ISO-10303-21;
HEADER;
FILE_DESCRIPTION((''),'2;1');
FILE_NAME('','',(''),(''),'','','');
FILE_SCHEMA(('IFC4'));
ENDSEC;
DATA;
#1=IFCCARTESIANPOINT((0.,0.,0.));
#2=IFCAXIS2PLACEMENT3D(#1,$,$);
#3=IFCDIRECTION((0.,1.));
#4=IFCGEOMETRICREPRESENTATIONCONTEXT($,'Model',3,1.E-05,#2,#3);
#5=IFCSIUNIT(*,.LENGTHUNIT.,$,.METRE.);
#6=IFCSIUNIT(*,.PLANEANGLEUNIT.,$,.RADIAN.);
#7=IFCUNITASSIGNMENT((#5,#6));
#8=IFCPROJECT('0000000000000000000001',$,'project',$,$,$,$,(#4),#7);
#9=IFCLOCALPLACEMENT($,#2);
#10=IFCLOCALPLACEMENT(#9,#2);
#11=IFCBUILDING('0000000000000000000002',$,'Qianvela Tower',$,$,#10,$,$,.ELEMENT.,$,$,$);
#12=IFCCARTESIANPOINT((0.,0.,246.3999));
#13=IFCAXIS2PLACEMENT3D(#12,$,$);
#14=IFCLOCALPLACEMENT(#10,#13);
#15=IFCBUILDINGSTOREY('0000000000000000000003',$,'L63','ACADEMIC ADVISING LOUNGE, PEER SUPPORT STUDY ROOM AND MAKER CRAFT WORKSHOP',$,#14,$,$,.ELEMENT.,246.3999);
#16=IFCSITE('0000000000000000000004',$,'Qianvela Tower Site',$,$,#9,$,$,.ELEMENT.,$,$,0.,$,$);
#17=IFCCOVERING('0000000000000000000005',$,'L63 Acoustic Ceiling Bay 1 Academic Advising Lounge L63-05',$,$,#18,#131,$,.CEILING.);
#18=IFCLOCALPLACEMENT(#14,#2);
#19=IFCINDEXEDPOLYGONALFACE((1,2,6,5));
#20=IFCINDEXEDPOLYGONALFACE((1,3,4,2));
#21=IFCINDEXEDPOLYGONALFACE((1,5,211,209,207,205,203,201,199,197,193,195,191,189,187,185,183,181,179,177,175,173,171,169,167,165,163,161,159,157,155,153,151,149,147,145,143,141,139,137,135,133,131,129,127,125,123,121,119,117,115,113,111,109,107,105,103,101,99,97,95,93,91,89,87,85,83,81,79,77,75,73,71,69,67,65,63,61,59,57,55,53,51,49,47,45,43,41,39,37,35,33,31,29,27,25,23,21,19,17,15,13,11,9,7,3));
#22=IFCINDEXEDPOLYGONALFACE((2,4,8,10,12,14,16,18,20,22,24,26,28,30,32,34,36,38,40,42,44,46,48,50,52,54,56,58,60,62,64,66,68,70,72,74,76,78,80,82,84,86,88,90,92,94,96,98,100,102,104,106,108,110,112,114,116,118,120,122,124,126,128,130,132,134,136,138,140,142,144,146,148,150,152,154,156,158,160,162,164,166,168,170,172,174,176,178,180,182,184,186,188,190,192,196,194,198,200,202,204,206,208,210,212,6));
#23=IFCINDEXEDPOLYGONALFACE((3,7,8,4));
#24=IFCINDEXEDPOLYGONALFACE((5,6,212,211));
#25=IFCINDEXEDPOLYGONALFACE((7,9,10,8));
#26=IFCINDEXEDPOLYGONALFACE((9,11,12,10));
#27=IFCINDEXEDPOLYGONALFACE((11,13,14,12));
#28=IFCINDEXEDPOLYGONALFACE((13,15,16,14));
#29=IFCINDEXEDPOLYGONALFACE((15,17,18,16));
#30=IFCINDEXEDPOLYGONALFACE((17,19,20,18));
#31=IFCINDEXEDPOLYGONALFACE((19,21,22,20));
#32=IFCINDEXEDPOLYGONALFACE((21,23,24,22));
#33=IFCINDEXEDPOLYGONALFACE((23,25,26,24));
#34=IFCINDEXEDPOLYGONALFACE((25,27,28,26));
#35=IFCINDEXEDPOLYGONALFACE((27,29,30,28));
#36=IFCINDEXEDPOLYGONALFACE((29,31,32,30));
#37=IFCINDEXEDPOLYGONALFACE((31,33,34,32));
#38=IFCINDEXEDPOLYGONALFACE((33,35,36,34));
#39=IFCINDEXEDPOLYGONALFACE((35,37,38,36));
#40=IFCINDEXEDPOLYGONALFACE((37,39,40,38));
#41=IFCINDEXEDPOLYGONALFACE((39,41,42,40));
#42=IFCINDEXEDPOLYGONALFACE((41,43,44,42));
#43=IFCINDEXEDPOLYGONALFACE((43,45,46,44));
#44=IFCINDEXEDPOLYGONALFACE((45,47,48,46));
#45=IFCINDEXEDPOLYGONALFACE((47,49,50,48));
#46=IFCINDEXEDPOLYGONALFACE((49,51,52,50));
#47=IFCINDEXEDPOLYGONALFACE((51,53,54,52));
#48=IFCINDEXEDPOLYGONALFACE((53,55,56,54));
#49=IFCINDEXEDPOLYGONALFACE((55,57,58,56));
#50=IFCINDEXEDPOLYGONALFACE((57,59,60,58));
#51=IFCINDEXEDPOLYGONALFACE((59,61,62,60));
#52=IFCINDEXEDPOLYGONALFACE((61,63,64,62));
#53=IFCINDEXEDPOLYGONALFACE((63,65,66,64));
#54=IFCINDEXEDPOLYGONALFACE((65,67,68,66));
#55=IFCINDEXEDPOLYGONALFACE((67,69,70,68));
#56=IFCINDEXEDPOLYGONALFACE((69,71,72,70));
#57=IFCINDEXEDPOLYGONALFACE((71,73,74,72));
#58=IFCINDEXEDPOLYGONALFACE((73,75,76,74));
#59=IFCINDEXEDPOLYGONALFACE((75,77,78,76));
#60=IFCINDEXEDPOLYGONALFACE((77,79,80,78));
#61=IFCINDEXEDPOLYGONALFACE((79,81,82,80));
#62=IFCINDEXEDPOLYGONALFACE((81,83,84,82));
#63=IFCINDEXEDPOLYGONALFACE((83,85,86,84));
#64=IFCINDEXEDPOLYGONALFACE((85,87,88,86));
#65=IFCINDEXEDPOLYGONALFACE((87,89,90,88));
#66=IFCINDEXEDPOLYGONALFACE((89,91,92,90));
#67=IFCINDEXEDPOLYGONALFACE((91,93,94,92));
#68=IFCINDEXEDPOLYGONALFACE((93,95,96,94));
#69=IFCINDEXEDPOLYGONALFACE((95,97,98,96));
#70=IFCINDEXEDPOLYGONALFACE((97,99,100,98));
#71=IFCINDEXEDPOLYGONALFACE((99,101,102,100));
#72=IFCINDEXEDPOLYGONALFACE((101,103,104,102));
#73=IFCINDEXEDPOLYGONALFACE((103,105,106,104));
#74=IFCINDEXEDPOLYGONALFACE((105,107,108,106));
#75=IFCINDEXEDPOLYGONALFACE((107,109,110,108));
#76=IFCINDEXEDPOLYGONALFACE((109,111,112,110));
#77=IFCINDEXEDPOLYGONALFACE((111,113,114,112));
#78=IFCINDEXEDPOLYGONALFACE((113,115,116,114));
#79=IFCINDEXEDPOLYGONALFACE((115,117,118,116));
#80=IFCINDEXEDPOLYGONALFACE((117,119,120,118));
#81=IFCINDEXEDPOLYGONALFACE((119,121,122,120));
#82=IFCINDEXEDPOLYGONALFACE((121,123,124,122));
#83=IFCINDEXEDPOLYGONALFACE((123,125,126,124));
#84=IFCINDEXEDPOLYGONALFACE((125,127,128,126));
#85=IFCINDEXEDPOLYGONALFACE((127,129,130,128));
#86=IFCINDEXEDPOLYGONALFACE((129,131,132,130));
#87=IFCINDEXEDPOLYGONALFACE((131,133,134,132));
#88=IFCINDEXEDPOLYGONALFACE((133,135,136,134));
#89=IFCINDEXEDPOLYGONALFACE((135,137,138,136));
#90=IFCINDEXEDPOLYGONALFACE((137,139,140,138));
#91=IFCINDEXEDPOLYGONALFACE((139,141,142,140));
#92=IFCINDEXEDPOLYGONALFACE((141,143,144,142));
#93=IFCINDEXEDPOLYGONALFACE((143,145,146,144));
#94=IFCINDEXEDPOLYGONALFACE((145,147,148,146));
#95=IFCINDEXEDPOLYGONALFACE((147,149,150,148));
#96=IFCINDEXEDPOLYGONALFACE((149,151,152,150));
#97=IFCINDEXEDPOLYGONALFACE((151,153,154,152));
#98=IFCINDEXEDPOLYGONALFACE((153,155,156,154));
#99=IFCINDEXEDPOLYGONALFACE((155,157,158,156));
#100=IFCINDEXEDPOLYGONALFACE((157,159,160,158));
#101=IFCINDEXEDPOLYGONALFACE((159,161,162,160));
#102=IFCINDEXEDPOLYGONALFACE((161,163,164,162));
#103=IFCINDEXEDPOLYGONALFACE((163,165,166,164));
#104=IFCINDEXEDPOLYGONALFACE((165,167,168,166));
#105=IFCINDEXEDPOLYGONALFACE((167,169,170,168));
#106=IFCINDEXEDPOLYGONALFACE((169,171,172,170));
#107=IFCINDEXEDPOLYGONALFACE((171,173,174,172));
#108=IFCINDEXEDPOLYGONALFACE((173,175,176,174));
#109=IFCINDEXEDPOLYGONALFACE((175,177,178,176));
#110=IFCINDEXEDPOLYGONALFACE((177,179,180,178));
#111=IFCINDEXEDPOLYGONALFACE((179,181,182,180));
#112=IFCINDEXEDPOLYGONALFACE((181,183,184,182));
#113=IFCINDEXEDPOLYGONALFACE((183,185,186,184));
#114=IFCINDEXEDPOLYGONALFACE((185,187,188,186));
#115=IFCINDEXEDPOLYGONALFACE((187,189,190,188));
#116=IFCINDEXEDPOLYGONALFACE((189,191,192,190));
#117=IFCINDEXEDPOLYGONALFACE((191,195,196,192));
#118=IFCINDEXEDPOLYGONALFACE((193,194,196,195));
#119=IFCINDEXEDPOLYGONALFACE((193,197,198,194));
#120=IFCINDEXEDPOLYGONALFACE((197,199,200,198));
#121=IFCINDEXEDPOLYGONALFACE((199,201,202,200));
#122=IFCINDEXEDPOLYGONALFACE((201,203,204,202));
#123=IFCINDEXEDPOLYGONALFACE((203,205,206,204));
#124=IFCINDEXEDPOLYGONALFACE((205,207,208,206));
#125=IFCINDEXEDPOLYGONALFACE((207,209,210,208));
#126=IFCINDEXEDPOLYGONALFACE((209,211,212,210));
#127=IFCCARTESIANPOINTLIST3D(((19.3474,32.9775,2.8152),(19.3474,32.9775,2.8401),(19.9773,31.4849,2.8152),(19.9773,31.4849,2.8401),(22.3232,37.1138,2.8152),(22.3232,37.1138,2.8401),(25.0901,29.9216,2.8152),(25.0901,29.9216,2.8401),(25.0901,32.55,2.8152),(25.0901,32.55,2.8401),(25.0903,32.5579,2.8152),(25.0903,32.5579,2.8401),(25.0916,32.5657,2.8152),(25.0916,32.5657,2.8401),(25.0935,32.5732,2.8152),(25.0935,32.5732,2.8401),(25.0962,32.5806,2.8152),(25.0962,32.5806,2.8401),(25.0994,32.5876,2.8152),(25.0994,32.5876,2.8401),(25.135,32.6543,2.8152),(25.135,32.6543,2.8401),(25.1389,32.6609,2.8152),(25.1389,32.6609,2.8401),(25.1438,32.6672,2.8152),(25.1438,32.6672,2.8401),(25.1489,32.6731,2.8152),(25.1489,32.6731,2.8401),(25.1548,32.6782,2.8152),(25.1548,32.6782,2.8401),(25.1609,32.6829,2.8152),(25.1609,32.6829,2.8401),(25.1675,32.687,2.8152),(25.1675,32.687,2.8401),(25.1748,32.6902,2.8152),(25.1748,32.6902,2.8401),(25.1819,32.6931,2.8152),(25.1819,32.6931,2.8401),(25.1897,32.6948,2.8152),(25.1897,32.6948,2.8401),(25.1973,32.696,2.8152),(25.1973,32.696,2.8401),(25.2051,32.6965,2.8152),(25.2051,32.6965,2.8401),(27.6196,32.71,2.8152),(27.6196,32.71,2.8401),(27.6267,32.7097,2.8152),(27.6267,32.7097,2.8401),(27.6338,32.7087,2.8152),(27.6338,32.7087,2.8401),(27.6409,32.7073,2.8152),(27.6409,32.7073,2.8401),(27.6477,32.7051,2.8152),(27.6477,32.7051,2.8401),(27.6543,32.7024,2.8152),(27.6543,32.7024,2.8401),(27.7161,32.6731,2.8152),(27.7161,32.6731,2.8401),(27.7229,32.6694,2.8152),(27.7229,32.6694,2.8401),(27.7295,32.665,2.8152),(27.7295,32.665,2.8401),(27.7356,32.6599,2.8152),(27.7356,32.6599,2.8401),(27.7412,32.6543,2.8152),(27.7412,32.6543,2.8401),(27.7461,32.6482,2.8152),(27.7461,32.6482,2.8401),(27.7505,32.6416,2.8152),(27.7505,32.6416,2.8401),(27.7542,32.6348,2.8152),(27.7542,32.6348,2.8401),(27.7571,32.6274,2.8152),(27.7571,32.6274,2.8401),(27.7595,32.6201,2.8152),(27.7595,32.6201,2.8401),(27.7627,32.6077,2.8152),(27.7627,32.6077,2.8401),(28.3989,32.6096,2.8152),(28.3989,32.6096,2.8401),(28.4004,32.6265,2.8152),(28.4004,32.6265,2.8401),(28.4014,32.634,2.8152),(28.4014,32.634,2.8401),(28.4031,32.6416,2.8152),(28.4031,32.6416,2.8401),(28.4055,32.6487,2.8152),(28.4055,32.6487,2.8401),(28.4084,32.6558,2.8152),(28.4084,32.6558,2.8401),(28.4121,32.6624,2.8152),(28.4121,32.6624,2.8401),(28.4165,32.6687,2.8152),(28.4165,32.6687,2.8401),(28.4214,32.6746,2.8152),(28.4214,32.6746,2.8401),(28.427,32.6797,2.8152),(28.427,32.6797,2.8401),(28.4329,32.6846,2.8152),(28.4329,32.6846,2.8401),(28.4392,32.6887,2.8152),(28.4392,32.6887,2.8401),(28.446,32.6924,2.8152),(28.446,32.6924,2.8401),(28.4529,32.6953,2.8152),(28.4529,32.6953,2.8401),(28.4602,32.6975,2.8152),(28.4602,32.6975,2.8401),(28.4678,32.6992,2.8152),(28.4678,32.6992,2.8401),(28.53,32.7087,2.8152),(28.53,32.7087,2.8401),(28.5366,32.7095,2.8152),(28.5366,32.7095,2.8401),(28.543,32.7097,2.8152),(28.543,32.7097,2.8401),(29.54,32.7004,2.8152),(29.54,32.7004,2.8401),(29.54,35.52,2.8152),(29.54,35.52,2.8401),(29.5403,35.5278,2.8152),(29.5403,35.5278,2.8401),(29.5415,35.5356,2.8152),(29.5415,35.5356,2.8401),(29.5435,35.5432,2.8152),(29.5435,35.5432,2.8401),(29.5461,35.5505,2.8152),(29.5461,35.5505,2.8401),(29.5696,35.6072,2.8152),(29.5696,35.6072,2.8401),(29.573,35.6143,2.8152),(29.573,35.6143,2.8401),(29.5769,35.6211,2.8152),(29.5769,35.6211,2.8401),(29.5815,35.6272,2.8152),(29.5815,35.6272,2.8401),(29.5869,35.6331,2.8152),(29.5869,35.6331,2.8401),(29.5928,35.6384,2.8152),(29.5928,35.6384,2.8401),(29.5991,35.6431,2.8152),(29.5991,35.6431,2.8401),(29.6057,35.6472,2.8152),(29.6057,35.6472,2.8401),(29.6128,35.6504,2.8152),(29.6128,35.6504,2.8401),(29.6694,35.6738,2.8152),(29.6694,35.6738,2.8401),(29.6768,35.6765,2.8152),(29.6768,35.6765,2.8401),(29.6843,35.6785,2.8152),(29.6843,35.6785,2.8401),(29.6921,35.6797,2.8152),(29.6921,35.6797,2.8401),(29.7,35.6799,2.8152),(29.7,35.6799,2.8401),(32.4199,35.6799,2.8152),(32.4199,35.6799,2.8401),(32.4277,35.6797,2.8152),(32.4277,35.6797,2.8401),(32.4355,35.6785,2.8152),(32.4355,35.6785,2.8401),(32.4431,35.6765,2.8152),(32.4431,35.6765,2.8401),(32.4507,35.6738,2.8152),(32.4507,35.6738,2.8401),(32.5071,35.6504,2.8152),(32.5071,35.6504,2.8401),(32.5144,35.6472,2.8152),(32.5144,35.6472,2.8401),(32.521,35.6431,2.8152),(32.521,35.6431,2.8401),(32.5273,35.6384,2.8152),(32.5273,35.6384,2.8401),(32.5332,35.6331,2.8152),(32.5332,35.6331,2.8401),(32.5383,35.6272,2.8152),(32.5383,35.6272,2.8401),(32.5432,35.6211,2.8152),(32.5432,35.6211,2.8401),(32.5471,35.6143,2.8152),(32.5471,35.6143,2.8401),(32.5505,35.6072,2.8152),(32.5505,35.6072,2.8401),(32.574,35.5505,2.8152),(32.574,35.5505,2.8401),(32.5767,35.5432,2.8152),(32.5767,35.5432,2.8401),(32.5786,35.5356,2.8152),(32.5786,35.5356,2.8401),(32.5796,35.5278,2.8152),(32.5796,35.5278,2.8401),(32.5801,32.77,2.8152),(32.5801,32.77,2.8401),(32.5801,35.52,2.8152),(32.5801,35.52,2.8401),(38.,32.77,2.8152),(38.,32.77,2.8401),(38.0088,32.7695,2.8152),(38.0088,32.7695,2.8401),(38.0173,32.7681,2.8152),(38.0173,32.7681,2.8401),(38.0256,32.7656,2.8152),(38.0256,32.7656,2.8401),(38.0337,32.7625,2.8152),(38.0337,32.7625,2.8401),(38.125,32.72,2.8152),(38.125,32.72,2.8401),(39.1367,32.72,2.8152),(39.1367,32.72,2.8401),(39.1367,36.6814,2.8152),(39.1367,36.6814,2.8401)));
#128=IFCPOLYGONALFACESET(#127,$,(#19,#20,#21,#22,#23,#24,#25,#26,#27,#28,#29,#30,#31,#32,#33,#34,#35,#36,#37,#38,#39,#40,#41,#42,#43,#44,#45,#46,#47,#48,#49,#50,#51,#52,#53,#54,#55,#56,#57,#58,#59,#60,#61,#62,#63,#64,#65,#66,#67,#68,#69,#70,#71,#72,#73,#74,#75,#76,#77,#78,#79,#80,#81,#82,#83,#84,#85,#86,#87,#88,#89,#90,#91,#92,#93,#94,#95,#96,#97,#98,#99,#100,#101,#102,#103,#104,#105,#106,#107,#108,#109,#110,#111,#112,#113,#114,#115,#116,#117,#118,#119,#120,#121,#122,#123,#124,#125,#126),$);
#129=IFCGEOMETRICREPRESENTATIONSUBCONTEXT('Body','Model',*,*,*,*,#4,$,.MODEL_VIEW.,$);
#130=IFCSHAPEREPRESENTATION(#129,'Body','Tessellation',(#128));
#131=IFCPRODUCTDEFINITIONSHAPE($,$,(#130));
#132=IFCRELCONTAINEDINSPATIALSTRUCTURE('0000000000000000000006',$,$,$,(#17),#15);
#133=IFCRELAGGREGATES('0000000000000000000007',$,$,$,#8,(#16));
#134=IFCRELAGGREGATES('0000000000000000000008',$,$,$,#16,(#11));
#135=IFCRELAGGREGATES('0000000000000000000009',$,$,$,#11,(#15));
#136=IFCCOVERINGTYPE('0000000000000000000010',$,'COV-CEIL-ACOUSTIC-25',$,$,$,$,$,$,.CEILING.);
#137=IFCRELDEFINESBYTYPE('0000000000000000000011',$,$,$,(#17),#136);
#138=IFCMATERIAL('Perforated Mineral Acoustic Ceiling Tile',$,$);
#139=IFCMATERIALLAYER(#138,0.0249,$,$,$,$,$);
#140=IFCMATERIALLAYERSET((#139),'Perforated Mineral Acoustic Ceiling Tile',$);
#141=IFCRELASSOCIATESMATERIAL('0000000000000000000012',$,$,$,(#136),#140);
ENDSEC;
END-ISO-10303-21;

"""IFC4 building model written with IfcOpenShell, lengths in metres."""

from ifc_helpers import new_model, si_unit, direction, frame, origin, place, context, subcontext, project, spatial, polyline, outline, extrude, material, layer, layer_set, type_object, element, save


model = new_model("IFC4")

# Units and contexts
model_context = context("Model", 3, precision=1e-05, world=origin(), true_north=direction((0.0, 1.0)))
body_context = subcontext(model_context, "Body", "Model", "MODEL_VIEW")
ifc_project = project(units=[si_unit("LENGTHUNIT", "METRE"), si_unit("PLANEANGLEUNIT", "RADIAN")], contexts=[model_context])

# Site, building, storey
site_placement = place(None, origin())
site = spatial("IfcSite", under=ifc_project, at=site_placement, Name="Qianvela Tower Site", CompositionType="ELEMENT", RefElevation=0.0)
building_placement = place(site_placement, origin())
building = spatial("IfcBuilding", under=site, at=building_placement, Name="Qianvela Tower", CompositionType="ELEMENT")
storey_placement = place(building_placement, frame((0.0, 0.0, 246.3999)))
storey = spatial("IfcBuildingStorey", under=building, at=storey_placement, Name="L63", Description="ACADEMIC ADVISING LOUNGE, PEER SUPPORT STUDY ROOM AND MAKER CRAFT WORKSHOP", CompositionType="ELEMENT", Elevation=246.3999)

# Covering
ifc_material_1 = material(Name="Perforated Mineral Acoustic Ceiling Tile")
ifc_layer_1 = layer(ifc_material_1, 0.0249)
ifc_layer_set_1 = layer_set([ifc_layer_1], Name="Perforated Mineral Acoustic Ceiling Tile")
covering_type_1 = type_object("IfcCoveringType", Name="COV-CEIL-ACOUSTIC-25", PredefinedType="CEILING", material=ifc_layer_set_1)
covering_1_placement = place(storey_placement, frame((0.0, 0.0, 2.8152)))
element("IfcCovering", 1, at=covering_1_placement, inside=storey, type_object=covering_type_1, Name="L63 Acoustic Ceiling Bay 1 Academic Advising Lounge L63-05", PredefinedType="CEILING", context=body_context, shape_type="SweptSolid", body=[
    extrude(outline(polyline([(28.543, 32.7097), (28.5366, 32.7095), (28.53, 32.7087), (28.4678, 32.6992), (28.4602, 32.6975), (28.4529, 32.6953), (28.446, 32.6924), (28.4392, 32.6887), (28.4329, 32.6846), (28.427, 32.6797), (28.4214, 32.6746), (28.4165, 32.6687), (28.4121, 32.6624), (28.4084, 32.6558), (28.4055, 32.6487), (28.4031, 32.6416), (28.4014, 32.634), (28.4004, 32.6265), (28.3989, 32.6096), (27.7627, 32.6077), (27.7595, 32.6201), (27.7571, 32.6274), (27.7542, 32.6348), (27.7505, 32.6416), (27.7461, 32.6482), (27.7412, 32.6543), (27.7356, 32.6599), (27.7295, 32.665), (27.7229, 32.6694), (27.7161, 32.6731), (27.6543, 32.7024), (27.6477, 32.7051), (27.6409, 32.7073), (27.6338, 32.7087), (27.6267, 32.7097), (27.6196, 32.71), (25.2051, 32.6965), (25.1973, 32.696), (25.1897, 32.6948), (25.1819, 32.6931), (25.1748, 32.6902), (25.1675, 32.687), (25.1609, 32.6829), (25.1548, 32.6782), (25.1489, 32.6731), (25.1438, 32.6672), (25.1389, 32.6609), (25.135, 32.6543), (25.0994, 32.5876), (25.0962, 32.5806), (25.0935, 32.5732), (25.0916, 32.5657), (25.0903, 32.5579), (25.0901, 32.55), (25.0901, 29.9216), (19.9773, 31.4849), (19.3474, 32.9775), (22.3232, 37.1138), (39.1367, 36.6814), (39.1367, 32.72), (38.125, 32.72), (38.0337, 32.7625), (38.0256, 32.7656), (38.0173, 32.7681), (38.0088, 32.7695), (38.0, 32.77), (32.5801, 32.77), (32.5801, 35.52), (32.5796, 35.5278), (32.5786, 35.5356), (32.5767, 35.5432), (32.574, 35.5505), (32.5505, 35.6072), (32.5471, 35.6143), (32.5432, 35.6211), (32.5383, 35.6272), (32.5332, 35.6331), (32.5273, 35.6384), (32.521, 35.6431), (32.5144, 35.6472), (32.5071, 35.6504), (32.4507, 35.6738), (32.4431, 35.6765), (32.4355, 35.6785), (32.4277, 35.6797), (32.4199, 35.6799), (29.7, 35.6799), (29.6921, 35.6797), (29.6843, 35.6785), (29.6768, 35.6765), (29.6694, 35.6738), (29.6128, 35.6504), (29.6057, 35.6472), (29.5991, 35.6431), (29.5928, 35.6384), (29.5869, 35.6331), (29.5815, 35.6272), (29.5769, 35.6211), (29.573, 35.6143), (29.5696, 35.6072), (29.5461, 35.5505), (29.5435, 35.5432), (29.5415, 35.5356), (29.5403, 35.5278), (29.54, 35.52), (29.54, 32.7004), (28.543, 32.7097)])), origin(), (0.0, 0.0, 1.0), 0.0249),
])

save(model, "model.ifc")
